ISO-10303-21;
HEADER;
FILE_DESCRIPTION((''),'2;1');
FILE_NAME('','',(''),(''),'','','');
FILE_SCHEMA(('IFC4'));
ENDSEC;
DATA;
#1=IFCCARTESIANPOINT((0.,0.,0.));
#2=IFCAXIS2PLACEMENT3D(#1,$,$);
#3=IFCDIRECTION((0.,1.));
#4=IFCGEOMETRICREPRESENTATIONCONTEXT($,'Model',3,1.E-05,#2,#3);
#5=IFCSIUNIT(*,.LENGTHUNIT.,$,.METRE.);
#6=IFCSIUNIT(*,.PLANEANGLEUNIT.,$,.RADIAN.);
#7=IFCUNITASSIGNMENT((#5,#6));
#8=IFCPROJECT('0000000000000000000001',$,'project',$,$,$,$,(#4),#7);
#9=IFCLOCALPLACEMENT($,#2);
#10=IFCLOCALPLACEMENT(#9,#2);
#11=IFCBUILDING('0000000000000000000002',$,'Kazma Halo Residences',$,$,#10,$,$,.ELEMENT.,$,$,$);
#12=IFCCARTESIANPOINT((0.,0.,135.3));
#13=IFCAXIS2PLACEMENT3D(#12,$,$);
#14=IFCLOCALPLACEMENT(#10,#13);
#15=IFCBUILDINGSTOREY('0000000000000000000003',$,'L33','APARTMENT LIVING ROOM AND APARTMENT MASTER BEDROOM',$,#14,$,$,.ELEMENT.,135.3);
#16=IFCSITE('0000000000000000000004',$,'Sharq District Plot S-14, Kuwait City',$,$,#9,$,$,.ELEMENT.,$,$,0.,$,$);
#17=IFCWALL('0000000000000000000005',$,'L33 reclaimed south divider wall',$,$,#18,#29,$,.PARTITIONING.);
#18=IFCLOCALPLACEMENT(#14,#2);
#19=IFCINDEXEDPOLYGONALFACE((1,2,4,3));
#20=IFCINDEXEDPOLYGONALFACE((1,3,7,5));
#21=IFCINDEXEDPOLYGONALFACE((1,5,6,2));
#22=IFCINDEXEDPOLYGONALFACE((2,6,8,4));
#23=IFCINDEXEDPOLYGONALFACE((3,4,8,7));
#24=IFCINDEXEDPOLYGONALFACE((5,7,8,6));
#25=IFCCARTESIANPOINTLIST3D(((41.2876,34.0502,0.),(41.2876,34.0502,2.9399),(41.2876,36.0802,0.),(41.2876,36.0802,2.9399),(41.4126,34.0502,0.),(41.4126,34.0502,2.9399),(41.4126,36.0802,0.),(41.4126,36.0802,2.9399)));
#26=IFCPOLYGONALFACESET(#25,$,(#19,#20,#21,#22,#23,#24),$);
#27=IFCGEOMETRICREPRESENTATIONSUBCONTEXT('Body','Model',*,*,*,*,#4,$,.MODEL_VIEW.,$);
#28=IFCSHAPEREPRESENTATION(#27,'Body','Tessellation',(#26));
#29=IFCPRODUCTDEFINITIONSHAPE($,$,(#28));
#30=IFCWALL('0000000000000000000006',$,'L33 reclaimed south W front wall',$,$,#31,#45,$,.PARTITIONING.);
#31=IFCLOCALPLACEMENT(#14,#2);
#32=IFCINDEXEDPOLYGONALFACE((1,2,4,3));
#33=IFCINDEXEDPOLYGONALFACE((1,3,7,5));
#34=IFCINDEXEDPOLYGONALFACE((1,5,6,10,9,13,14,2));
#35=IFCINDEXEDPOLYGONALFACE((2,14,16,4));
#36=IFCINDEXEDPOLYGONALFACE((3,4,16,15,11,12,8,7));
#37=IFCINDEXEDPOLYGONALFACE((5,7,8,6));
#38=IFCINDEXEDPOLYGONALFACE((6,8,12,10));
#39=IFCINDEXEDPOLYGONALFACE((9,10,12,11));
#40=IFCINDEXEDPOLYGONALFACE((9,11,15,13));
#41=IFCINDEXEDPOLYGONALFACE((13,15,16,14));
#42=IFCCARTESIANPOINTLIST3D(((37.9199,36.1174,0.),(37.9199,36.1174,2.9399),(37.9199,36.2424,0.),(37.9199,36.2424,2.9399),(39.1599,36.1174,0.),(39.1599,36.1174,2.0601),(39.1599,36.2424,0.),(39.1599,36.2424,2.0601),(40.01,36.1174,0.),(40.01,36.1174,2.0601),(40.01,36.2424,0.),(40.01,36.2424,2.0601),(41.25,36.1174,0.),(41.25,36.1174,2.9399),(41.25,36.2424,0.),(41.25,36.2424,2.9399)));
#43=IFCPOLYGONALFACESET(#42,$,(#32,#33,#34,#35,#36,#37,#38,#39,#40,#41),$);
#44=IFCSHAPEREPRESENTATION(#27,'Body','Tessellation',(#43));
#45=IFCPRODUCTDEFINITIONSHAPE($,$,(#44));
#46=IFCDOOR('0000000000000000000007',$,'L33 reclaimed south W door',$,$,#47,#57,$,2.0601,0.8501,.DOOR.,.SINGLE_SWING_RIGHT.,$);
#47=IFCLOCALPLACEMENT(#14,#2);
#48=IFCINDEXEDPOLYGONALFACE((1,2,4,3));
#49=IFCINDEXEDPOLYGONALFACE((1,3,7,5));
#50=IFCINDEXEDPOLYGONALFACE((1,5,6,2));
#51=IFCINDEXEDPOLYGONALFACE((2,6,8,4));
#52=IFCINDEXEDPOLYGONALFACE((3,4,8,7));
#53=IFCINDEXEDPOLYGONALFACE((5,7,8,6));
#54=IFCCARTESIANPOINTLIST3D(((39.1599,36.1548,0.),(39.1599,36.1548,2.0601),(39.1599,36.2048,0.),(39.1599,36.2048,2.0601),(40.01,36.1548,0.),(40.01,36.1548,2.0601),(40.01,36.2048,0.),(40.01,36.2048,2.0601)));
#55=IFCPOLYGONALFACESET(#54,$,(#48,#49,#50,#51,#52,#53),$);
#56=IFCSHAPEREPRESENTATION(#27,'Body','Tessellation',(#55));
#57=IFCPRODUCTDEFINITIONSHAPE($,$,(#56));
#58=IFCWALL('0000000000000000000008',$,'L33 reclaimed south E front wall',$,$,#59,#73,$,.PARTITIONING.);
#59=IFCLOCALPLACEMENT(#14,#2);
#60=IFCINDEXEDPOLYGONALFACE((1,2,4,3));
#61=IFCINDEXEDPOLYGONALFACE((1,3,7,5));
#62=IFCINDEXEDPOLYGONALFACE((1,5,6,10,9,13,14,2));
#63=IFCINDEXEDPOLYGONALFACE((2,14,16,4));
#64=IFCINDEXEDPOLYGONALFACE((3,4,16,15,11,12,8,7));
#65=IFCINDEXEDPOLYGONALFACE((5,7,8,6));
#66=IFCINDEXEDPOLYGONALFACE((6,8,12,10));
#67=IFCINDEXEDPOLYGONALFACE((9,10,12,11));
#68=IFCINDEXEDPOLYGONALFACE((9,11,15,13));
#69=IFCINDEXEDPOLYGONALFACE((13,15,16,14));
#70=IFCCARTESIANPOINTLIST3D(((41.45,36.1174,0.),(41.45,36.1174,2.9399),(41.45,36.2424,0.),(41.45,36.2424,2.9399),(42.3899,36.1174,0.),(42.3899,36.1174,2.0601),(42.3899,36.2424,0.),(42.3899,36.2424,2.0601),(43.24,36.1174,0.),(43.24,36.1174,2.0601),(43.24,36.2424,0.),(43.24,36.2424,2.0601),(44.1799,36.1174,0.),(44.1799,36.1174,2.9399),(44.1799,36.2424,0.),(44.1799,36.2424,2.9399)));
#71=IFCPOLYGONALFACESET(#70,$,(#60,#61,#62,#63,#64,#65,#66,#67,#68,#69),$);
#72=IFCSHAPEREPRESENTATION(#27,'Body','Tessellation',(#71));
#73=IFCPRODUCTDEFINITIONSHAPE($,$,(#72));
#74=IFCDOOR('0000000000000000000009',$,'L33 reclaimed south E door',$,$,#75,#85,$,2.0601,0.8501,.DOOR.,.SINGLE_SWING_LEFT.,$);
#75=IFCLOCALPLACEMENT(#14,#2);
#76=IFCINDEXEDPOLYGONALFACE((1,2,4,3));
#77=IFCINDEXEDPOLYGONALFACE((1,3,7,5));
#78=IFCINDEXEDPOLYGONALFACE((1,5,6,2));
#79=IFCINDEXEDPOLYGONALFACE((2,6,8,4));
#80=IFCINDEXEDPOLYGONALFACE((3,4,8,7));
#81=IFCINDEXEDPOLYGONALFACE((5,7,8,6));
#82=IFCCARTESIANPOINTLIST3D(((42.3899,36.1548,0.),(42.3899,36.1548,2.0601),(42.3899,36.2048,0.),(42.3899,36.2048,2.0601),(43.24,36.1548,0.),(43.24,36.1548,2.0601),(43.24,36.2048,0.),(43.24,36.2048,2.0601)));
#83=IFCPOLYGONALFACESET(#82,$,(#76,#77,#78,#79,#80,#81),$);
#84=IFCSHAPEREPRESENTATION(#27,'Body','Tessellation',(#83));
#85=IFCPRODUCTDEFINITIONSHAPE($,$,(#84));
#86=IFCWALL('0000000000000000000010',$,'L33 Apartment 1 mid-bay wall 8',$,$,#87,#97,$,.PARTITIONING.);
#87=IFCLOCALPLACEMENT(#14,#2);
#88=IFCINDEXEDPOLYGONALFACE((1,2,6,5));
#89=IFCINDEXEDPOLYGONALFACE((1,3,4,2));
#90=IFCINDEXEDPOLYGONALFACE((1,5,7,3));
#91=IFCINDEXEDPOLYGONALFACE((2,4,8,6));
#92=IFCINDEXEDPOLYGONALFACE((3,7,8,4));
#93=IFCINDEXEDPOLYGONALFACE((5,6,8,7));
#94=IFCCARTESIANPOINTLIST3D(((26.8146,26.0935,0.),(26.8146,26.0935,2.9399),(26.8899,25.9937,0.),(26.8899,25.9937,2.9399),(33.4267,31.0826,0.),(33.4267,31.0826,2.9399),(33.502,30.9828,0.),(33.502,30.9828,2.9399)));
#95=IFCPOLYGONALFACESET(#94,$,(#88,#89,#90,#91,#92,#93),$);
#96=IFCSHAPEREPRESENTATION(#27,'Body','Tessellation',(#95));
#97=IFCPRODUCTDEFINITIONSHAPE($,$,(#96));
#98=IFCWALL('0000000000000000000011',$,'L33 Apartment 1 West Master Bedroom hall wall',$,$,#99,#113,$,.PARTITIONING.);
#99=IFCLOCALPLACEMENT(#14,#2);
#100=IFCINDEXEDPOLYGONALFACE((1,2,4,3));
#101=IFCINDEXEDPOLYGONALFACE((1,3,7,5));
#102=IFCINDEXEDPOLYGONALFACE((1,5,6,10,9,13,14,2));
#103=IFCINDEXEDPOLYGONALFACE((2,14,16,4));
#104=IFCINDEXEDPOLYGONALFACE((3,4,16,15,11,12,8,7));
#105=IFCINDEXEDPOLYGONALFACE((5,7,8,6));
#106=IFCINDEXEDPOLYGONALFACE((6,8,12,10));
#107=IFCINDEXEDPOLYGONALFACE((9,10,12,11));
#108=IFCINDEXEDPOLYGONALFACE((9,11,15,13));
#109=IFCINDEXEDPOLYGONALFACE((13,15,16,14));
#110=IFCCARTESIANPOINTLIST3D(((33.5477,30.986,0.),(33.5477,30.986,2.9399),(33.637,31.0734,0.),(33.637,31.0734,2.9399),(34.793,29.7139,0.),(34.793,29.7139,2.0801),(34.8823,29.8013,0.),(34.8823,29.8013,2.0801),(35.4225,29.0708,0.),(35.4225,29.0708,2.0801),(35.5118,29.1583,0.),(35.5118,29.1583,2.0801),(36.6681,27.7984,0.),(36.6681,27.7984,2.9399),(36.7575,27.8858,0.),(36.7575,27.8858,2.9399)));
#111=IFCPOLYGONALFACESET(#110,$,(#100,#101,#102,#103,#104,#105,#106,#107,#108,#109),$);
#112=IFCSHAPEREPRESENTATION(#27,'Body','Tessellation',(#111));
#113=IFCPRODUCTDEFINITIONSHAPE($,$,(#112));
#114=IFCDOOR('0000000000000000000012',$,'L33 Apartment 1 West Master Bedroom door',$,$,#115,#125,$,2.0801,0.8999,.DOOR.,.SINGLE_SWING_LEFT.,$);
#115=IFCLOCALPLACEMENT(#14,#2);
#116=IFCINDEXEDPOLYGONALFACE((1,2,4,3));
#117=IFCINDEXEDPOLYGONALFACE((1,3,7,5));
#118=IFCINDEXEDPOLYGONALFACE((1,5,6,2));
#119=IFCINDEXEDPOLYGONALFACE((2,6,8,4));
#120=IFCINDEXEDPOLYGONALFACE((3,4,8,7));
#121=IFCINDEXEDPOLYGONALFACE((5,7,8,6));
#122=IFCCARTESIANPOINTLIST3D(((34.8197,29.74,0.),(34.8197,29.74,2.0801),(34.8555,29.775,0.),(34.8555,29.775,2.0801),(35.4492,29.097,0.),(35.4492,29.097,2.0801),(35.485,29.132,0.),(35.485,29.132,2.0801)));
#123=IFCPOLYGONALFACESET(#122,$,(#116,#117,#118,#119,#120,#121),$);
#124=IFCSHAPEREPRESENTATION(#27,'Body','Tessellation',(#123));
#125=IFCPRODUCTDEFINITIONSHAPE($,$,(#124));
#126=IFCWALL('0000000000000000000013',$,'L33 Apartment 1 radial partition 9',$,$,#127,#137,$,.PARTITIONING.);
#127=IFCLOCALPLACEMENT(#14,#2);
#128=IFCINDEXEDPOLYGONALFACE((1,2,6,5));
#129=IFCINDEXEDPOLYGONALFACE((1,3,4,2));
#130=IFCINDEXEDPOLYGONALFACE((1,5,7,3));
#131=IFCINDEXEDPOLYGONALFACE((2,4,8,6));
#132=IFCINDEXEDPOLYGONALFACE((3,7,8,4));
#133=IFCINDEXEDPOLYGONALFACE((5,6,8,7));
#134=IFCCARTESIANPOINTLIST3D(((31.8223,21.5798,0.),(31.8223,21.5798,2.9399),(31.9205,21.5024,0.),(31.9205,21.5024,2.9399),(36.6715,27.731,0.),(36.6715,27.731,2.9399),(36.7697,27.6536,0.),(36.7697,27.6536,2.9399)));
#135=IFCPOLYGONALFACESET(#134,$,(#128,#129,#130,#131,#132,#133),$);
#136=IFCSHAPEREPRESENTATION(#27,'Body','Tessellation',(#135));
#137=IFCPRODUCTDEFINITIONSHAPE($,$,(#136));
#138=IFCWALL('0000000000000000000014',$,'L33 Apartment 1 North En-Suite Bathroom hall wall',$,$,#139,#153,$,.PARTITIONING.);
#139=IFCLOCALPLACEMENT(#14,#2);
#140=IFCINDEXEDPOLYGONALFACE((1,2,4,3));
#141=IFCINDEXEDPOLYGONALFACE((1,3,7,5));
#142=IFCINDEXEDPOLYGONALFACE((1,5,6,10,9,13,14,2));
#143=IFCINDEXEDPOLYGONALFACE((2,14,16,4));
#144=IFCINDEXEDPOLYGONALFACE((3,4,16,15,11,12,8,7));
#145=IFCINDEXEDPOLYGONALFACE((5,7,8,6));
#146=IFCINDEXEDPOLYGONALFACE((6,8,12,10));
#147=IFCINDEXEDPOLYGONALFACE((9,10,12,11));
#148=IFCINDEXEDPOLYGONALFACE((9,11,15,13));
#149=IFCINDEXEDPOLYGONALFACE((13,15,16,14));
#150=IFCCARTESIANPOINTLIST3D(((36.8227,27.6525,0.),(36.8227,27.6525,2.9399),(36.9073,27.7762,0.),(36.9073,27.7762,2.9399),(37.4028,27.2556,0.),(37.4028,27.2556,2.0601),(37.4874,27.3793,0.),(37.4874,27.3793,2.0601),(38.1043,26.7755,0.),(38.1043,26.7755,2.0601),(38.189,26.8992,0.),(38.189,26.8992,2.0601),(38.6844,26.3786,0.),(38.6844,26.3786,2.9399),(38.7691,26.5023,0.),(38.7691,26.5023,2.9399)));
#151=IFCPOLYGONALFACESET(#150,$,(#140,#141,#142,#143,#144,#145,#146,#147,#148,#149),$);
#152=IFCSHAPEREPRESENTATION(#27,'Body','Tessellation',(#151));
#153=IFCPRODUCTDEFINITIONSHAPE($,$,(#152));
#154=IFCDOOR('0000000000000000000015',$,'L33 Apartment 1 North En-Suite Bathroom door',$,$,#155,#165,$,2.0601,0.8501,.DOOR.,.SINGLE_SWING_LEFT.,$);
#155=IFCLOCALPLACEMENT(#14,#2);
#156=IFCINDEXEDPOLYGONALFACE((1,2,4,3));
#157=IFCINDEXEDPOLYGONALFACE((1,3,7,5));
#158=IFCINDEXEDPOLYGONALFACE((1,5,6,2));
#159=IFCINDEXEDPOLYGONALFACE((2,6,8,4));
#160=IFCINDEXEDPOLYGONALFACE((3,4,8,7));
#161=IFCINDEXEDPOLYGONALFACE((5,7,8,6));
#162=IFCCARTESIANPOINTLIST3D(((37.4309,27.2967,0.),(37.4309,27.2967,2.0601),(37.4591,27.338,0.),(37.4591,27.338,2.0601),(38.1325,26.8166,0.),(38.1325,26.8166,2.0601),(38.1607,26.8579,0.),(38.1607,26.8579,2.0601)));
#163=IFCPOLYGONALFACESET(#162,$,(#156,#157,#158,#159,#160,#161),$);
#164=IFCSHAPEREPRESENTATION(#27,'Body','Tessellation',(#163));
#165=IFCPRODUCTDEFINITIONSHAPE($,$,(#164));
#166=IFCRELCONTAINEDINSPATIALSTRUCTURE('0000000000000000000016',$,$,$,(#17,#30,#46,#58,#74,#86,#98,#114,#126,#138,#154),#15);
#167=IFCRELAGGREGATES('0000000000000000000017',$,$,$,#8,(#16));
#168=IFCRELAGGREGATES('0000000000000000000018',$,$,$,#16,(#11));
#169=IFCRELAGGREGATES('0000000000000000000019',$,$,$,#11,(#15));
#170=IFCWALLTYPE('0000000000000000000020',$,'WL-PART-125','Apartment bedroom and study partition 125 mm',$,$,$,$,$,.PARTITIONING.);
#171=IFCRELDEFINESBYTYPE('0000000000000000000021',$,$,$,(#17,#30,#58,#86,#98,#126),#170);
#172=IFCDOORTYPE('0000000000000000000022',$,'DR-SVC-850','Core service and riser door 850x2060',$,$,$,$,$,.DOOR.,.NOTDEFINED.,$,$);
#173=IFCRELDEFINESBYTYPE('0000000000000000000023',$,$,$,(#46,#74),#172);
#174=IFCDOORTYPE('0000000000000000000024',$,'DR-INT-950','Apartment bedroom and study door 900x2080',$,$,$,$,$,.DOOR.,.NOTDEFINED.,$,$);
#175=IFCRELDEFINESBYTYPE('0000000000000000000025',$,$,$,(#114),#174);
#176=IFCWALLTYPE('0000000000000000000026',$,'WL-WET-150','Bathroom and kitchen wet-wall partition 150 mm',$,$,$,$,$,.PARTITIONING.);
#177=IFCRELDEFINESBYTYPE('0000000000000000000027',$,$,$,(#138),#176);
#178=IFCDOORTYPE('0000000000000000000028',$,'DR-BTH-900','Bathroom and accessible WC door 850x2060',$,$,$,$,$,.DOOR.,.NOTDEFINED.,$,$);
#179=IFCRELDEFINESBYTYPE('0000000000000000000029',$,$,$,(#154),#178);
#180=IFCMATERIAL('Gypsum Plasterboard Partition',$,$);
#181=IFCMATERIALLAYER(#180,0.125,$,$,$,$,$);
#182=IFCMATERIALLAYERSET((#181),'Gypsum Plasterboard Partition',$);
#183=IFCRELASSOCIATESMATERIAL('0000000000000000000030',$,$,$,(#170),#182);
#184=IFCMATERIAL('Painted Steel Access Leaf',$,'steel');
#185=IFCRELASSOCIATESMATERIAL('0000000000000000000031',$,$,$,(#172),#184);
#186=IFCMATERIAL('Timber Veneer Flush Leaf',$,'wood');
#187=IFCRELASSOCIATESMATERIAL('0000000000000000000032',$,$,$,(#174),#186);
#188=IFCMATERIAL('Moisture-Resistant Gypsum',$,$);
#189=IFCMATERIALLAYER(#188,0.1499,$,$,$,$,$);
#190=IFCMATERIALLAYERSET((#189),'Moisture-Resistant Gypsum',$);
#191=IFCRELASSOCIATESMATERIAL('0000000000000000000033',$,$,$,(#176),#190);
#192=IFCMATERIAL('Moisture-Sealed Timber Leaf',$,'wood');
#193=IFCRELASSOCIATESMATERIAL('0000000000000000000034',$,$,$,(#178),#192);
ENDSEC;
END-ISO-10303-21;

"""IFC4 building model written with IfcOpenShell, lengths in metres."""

from ifc_helpers import new_model, si_unit, direction, frame, frame_2d, origin, place, context, subcontext, project, spatial, rectangle, extrude, material, layer, layer_set, type_object, element, fill, save


model = new_model("IFC4")

# Units and contexts
model_context = context("Model", 3, precision=1e-05, world=origin(), true_north=direction((0.0, 1.0)))
body_context = subcontext(model_context, "Body", "Model", "MODEL_VIEW")
ifc_project = project(units=[si_unit("LENGTHUNIT", "METRE"), si_unit("PLANEANGLEUNIT", "RADIAN")], contexts=[model_context])

# Site, building, storey
site_placement = place(None, origin())
site = spatial("IfcSite", under=ifc_project, at=site_placement, Name="Sharq District Plot S-14, Kuwait City", CompositionType="ELEMENT", RefElevation=0.0)
building_placement = place(site_placement, origin())
building = spatial("IfcBuilding", under=site, at=building_placement, Name="Kazma Halo Residences", CompositionType="ELEMENT")
storey_placement = place(building_placement, frame((0.0, 0.0, 135.3)))
storey = spatial("IfcBuildingStorey", under=building, at=storey_placement, Name="L33", Description="APARTMENT LIVING ROOM AND APARTMENT MASTER BEDROOM", CompositionType="ELEMENT", Elevation=135.3)

# Wall
ifc_material_1 = material(Name="Gypsum Plasterboard Partition")
ifc_layer_1 = layer(ifc_material_1, 0.125)
ifc_layer_set_1 = layer_set([ifc_layer_1], Name="Gypsum Plasterboard Partition")
wall_type_1 = type_object("IfcWallType", Name="WL-PART-125", Description="Apartment bedroom and study partition 125 mm", PredefinedType="PARTITIONING", material=ifc_layer_set_1)
for number, where, z_axis, x_axis, name in (
    (1, (41.3501, 34.05, 0.0), (0.0, 0.0, 1.0), (0.0, 1.0, 0.0), "L33 reclaimed south divider wall"),
):
    element("IfcWall", number, at=place(storey_placement, frame(where, z_axis=z_axis, x_axis=x_axis)), inside=storey, type_object=wall_type_1, Name=name, PredefinedType="PARTITIONING", context=body_context, shape_type="SweptSolid", body=[
        extrude(rectangle(XDim=2.03, YDim=0.125, at=frame_2d((1.0151, 0.0))), origin(), (0.0, 0.0, 1.0), 2.9399),
    ])

# Walls, openings, doors
wall_1_placement = place(storey_placement, frame((37.9199, 36.1799, 0.0), z_axis=(0.0, 0.0, 1.0), x_axis=(1.0, 0.0, 0.0)))
wall_1 = element("IfcWall", 2, at=wall_1_placement, inside=storey, type_object=wall_type_1, Name="L33 reclaimed south W front wall", PredefinedType="PARTITIONING", context=body_context, shape_type="SweptSolid", body=[
    extrude(rectangle(XDim=3.3301, YDim=0.125, at=frame_2d((1.665, 0.0))), origin(), (0.0, 0.0, 1.0), 2.9399),
])
opening_1_placement = place(wall_1_placement, frame((1.24, 0.0, 0.0)))
opening_1 = element("IfcOpeningElement", 3, at=opening_1_placement, cuts=wall_1, PredefinedType="OPENING", context=body_context, shape_type="SweptSolid", body=[
    extrude(rectangle(XDim=0.8501, YDim=2.0601, at=frame_2d((0.425, 1.03))), frame((0.0, 0.0725, 0.0), z_axis=(0.0, -1.0, 0.0), x_axis=(1.0, 0.0, 0.0)), (0.0, 0.0, 1.0), 0.145),
])
ifc_material_2 = material(Name="Painted Steel Access Leaf", Category="steel")
door_type_1 = type_object("IfcDoorType", Name="DR-SVC-850", Description="Core service and riser door 850x2060", OperationType="NOTDEFINED", PredefinedType="DOOR", material=ifc_material_2)
door_1_placement = place(opening_1_placement, origin())
door_1 = element("IfcDoor", 4, at=door_1_placement, inside=storey, type_object=door_type_1, Name="L33 reclaimed south W door", OperationType="SINGLE_SWING_RIGHT", OverallHeight=2.0601, OverallWidth=0.8501, PredefinedType="DOOR", context=body_context, shape_type="SweptSolid", body=[
    extrude(rectangle(XDim=0.8501, YDim=2.0601, at=frame_2d((0.425, 1.03))), frame((0.0, 0.0249, 0.0), z_axis=(0.0, -1.0, 0.0), x_axis=(1.0, 0.0, 0.0)), (0.0, 0.0, 1.0), 0.05),
])
fill(opening_1, door_1)
wall_2_placement = place(storey_placement, frame((41.45, 36.1799, 0.0), z_axis=(0.0, 0.0, 1.0), x_axis=(1.0, 0.0, 0.0)))
wall_2 = element("IfcWall", 5, at=wall_2_placement, inside=storey, type_object=wall_type_1, Name="L33 reclaimed south E front wall", PredefinedType="PARTITIONING", context=body_context, shape_type="SweptSolid", body=[
    extrude(rectangle(XDim=2.73, YDim=0.125, at=frame_2d((1.365, 0.0))), origin(), (0.0, 0.0, 1.0), 2.9399),
])
opening_2_placement = place(wall_2_placement, frame((0.9399, 0.0, 0.0)))
opening_2 = element("IfcOpeningElement", 6, at=opening_2_placement, cuts=wall_2, PredefinedType="OPENING", context=body_context, shape_type="SweptSolid", body=[
    extrude(rectangle(XDim=0.8501, YDim=2.0601, at=frame_2d((0.425, 1.03))), frame((0.0, 0.0725, 0.0), z_axis=(0.0, -1.0, 0.0), x_axis=(1.0, 0.0, 0.0)), (0.0, 0.0, 1.0), 0.145),
])
door_2_placement = place(opening_2_placement, origin())
door_2 = element("IfcDoor", 7, at=door_2_placement, inside=storey, type_object=door_type_1, Name="L33 reclaimed south E door", OperationType="SINGLE_SWING_LEFT", OverallHeight=2.0601, OverallWidth=0.8501, PredefinedType="DOOR", context=body_context, shape_type="SweptSolid", body=[
    extrude(rectangle(XDim=0.8501, YDim=2.0601, at=frame_2d((0.425, 1.03))), frame((0.0, 0.0249, 0.0), z_axis=(0.0, -1.0, 0.0), x_axis=(1.0, 0.0, 0.0)), (0.0, 0.0, 1.0), 0.05),
])
fill(opening_2, door_2)

# Wall
wall_3_placement = place(storey_placement, frame((33.4644, 31.0327, 0.0), z_axis=(0.0, 0.0, 1.0), x_axis=(-0.79826, -0.602313, 0.0)))
element("IfcWall", 8, at=wall_3_placement, inside=storey, type_object=wall_type_1, Name="L33 Apartment 1 mid-bay wall 8", PredefinedType="PARTITIONING", context=body_context, shape_type="SweptSolid", body=[
    extrude(rectangle(XDim=8.2832, YDim=0.125, at=frame_2d((4.1416, 0.0))), origin(), (0.0, 0.0, 1.0), 2.9399),
])

# Wall, opening, door
wall_4_placement = place(storey_placement, frame((33.5923, 31.0298, 0.0), z_axis=(0.0, 0.0, 1.0), x_axis=(0.699541, -0.714593, 0.0)))
wall_4 = element("IfcWall", 9, at=wall_4_placement, inside=storey, type_object=wall_type_1, Name="L33 Apartment 1 West Master Bedroom hall wall", PredefinedType="PARTITIONING", context=body_context, shape_type="SweptSolid", body=[
    extrude(rectangle(XDim=4.4607, YDim=0.125, at=frame_2d((2.2305, 0.0))), origin(), (0.0, 0.0, 1.0), 2.9399),
])
opening_3_placement = place(wall_4_placement, frame((1.7803, 0.0, 0.0)))
opening_3 = element("IfcOpeningElement", 10, at=opening_3_placement, cuts=wall_4, PredefinedType="OPENING", context=body_context, shape_type="SweptSolid", body=[
    extrude(rectangle(XDim=0.8999, YDim=2.0801, at=frame_2d((0.45, 1.04))), frame((0.0, 0.0725, 0.0), z_axis=(0.0, -1.0, 0.0), x_axis=(1.0, 0.0, 0.0)), (0.0, 0.0, 1.0), 0.145),
])
ifc_material_3 = material(Name="Timber Veneer Flush Leaf", Category="wood")
door_type_2 = type_object("IfcDoorType", Name="DR-INT-950", Description="Apartment bedroom and study door 900x2080", OperationType="NOTDEFINED", PredefinedType="DOOR", material=ifc_material_3)
door_3_placement = place(opening_3_placement, origin())
door_3 = element("IfcDoor", 11, at=door_3_placement, inside=storey, type_object=door_type_2, Name="L33 Apartment 1 West Master Bedroom door", OperationType="SINGLE_SWING_LEFT", OverallHeight=2.0801, OverallWidth=0.8999, PredefinedType="DOOR", context=body_context, shape_type="SweptSolid", body=[
    extrude(rectangle(XDim=0.8999, YDim=2.0801, at=frame_2d((0.45, 1.04))), frame((0.0, 0.0249, 0.0), z_axis=(0.0, -1.0, 0.0), x_axis=(1.0, 0.0, 0.0)), (0.0, 0.0, 1.0), 0.05),
])
fill(opening_3, door_3)

# Wall
wall_5_placement = place(storey_placement, frame((36.7207, 27.6924, 0.0), z_axis=(0.0, 0.0, 1.0), x_axis=(-0.619091, -0.785319, 0.0)))
element("IfcWall", 12, at=wall_5_placement, inside=storey, type_object=wall_type_1, Name="L33 Apartment 1 radial partition 9", PredefinedType="PARTITIONING", context=body_context, shape_type="SweptSolid", body=[
    extrude(rectangle(XDim=7.8328, YDim=0.125, at=frame_2d((3.9165, 0.0))), origin(), (0.0, 0.0, 1.0), 2.9399),
])

# Wall, opening, door
ifc_material_4 = material(Name="Moisture-Resistant Gypsum")
ifc_layer_2 = layer(ifc_material_4, 0.1499)
ifc_layer_set_2 = layer_set([ifc_layer_2], Name="Moisture-Resistant Gypsum")
wall_type_2 = type_object("IfcWallType", Name="WL-WET-150", Description="Bathroom and kitchen wet-wall partition 150 mm", PredefinedType="PARTITIONING", material=ifc_layer_set_2)
wall_6_placement = place(storey_placement, frame((36.865, 27.7144, 0.0), z_axis=(0.0, 0.0, 1.0), x_axis=(0.825297, -0.564699, 0.0)))
wall_6 = element("IfcWall", 13, at=wall_6_placement, inside=storey, type_object=wall_type_2, Name="L33 Apartment 1 North En-Suite Bathroom hall wall", PredefinedType="PARTITIONING", context=body_context, shape_type="SweptSolid", body=[
    extrude(rectangle(XDim=2.2559, YDim=0.1499, at=frame_2d((1.1279, 0.0))), origin(), (0.0, 0.0, 1.0), 2.9399),
])
opening_4_placement = place(wall_6_placement, frame((0.7029, 0.0, 0.0)))
opening_4 = element("IfcOpeningElement", 14, at=opening_4_placement, cuts=wall_6, PredefinedType="OPENING", context=body_context, shape_type="SweptSolid", body=[
    extrude(rectangle(XDim=0.8501, YDim=2.0601, at=frame_2d((0.425, 1.03))), frame((0.0, 0.085, 0.0), z_axis=(0.0, -1.0, 0.0), x_axis=(1.0, 0.0, 0.0)), (0.0, 0.0, 1.0), 0.1699),
])
ifc_material_5 = material(Name="Moisture-Sealed Timber Leaf", Category="wood")
door_type_3 = type_object("IfcDoorType", Name="DR-BTH-900", Description="Bathroom and accessible WC door 850x2060", OperationType="NOTDEFINED", PredefinedType="DOOR", material=ifc_material_5)
door_4_placement = place(opening_4_placement, origin())
door_4 = element("IfcDoor", 15, at=door_4_placement, inside=storey, type_object=door_type_3, Name="L33 Apartment 1 North En-Suite Bathroom door", OperationType="SINGLE_SWING_LEFT", OverallHeight=2.0601, OverallWidth=0.8501, PredefinedType="DOOR", context=body_context, shape_type="SweptSolid", body=[
    extrude(rectangle(XDim=0.8501, YDim=2.0601, at=frame_2d((0.425, 1.03))), frame((0.0, 0.0249, 0.0), z_axis=(0.0, -1.0, 0.0), x_axis=(1.0, 0.0, 0.0)), (0.0, 0.0, 1.0), 0.05),
])
fill(opening_4, door_4)

save(model, "model.ifc")
